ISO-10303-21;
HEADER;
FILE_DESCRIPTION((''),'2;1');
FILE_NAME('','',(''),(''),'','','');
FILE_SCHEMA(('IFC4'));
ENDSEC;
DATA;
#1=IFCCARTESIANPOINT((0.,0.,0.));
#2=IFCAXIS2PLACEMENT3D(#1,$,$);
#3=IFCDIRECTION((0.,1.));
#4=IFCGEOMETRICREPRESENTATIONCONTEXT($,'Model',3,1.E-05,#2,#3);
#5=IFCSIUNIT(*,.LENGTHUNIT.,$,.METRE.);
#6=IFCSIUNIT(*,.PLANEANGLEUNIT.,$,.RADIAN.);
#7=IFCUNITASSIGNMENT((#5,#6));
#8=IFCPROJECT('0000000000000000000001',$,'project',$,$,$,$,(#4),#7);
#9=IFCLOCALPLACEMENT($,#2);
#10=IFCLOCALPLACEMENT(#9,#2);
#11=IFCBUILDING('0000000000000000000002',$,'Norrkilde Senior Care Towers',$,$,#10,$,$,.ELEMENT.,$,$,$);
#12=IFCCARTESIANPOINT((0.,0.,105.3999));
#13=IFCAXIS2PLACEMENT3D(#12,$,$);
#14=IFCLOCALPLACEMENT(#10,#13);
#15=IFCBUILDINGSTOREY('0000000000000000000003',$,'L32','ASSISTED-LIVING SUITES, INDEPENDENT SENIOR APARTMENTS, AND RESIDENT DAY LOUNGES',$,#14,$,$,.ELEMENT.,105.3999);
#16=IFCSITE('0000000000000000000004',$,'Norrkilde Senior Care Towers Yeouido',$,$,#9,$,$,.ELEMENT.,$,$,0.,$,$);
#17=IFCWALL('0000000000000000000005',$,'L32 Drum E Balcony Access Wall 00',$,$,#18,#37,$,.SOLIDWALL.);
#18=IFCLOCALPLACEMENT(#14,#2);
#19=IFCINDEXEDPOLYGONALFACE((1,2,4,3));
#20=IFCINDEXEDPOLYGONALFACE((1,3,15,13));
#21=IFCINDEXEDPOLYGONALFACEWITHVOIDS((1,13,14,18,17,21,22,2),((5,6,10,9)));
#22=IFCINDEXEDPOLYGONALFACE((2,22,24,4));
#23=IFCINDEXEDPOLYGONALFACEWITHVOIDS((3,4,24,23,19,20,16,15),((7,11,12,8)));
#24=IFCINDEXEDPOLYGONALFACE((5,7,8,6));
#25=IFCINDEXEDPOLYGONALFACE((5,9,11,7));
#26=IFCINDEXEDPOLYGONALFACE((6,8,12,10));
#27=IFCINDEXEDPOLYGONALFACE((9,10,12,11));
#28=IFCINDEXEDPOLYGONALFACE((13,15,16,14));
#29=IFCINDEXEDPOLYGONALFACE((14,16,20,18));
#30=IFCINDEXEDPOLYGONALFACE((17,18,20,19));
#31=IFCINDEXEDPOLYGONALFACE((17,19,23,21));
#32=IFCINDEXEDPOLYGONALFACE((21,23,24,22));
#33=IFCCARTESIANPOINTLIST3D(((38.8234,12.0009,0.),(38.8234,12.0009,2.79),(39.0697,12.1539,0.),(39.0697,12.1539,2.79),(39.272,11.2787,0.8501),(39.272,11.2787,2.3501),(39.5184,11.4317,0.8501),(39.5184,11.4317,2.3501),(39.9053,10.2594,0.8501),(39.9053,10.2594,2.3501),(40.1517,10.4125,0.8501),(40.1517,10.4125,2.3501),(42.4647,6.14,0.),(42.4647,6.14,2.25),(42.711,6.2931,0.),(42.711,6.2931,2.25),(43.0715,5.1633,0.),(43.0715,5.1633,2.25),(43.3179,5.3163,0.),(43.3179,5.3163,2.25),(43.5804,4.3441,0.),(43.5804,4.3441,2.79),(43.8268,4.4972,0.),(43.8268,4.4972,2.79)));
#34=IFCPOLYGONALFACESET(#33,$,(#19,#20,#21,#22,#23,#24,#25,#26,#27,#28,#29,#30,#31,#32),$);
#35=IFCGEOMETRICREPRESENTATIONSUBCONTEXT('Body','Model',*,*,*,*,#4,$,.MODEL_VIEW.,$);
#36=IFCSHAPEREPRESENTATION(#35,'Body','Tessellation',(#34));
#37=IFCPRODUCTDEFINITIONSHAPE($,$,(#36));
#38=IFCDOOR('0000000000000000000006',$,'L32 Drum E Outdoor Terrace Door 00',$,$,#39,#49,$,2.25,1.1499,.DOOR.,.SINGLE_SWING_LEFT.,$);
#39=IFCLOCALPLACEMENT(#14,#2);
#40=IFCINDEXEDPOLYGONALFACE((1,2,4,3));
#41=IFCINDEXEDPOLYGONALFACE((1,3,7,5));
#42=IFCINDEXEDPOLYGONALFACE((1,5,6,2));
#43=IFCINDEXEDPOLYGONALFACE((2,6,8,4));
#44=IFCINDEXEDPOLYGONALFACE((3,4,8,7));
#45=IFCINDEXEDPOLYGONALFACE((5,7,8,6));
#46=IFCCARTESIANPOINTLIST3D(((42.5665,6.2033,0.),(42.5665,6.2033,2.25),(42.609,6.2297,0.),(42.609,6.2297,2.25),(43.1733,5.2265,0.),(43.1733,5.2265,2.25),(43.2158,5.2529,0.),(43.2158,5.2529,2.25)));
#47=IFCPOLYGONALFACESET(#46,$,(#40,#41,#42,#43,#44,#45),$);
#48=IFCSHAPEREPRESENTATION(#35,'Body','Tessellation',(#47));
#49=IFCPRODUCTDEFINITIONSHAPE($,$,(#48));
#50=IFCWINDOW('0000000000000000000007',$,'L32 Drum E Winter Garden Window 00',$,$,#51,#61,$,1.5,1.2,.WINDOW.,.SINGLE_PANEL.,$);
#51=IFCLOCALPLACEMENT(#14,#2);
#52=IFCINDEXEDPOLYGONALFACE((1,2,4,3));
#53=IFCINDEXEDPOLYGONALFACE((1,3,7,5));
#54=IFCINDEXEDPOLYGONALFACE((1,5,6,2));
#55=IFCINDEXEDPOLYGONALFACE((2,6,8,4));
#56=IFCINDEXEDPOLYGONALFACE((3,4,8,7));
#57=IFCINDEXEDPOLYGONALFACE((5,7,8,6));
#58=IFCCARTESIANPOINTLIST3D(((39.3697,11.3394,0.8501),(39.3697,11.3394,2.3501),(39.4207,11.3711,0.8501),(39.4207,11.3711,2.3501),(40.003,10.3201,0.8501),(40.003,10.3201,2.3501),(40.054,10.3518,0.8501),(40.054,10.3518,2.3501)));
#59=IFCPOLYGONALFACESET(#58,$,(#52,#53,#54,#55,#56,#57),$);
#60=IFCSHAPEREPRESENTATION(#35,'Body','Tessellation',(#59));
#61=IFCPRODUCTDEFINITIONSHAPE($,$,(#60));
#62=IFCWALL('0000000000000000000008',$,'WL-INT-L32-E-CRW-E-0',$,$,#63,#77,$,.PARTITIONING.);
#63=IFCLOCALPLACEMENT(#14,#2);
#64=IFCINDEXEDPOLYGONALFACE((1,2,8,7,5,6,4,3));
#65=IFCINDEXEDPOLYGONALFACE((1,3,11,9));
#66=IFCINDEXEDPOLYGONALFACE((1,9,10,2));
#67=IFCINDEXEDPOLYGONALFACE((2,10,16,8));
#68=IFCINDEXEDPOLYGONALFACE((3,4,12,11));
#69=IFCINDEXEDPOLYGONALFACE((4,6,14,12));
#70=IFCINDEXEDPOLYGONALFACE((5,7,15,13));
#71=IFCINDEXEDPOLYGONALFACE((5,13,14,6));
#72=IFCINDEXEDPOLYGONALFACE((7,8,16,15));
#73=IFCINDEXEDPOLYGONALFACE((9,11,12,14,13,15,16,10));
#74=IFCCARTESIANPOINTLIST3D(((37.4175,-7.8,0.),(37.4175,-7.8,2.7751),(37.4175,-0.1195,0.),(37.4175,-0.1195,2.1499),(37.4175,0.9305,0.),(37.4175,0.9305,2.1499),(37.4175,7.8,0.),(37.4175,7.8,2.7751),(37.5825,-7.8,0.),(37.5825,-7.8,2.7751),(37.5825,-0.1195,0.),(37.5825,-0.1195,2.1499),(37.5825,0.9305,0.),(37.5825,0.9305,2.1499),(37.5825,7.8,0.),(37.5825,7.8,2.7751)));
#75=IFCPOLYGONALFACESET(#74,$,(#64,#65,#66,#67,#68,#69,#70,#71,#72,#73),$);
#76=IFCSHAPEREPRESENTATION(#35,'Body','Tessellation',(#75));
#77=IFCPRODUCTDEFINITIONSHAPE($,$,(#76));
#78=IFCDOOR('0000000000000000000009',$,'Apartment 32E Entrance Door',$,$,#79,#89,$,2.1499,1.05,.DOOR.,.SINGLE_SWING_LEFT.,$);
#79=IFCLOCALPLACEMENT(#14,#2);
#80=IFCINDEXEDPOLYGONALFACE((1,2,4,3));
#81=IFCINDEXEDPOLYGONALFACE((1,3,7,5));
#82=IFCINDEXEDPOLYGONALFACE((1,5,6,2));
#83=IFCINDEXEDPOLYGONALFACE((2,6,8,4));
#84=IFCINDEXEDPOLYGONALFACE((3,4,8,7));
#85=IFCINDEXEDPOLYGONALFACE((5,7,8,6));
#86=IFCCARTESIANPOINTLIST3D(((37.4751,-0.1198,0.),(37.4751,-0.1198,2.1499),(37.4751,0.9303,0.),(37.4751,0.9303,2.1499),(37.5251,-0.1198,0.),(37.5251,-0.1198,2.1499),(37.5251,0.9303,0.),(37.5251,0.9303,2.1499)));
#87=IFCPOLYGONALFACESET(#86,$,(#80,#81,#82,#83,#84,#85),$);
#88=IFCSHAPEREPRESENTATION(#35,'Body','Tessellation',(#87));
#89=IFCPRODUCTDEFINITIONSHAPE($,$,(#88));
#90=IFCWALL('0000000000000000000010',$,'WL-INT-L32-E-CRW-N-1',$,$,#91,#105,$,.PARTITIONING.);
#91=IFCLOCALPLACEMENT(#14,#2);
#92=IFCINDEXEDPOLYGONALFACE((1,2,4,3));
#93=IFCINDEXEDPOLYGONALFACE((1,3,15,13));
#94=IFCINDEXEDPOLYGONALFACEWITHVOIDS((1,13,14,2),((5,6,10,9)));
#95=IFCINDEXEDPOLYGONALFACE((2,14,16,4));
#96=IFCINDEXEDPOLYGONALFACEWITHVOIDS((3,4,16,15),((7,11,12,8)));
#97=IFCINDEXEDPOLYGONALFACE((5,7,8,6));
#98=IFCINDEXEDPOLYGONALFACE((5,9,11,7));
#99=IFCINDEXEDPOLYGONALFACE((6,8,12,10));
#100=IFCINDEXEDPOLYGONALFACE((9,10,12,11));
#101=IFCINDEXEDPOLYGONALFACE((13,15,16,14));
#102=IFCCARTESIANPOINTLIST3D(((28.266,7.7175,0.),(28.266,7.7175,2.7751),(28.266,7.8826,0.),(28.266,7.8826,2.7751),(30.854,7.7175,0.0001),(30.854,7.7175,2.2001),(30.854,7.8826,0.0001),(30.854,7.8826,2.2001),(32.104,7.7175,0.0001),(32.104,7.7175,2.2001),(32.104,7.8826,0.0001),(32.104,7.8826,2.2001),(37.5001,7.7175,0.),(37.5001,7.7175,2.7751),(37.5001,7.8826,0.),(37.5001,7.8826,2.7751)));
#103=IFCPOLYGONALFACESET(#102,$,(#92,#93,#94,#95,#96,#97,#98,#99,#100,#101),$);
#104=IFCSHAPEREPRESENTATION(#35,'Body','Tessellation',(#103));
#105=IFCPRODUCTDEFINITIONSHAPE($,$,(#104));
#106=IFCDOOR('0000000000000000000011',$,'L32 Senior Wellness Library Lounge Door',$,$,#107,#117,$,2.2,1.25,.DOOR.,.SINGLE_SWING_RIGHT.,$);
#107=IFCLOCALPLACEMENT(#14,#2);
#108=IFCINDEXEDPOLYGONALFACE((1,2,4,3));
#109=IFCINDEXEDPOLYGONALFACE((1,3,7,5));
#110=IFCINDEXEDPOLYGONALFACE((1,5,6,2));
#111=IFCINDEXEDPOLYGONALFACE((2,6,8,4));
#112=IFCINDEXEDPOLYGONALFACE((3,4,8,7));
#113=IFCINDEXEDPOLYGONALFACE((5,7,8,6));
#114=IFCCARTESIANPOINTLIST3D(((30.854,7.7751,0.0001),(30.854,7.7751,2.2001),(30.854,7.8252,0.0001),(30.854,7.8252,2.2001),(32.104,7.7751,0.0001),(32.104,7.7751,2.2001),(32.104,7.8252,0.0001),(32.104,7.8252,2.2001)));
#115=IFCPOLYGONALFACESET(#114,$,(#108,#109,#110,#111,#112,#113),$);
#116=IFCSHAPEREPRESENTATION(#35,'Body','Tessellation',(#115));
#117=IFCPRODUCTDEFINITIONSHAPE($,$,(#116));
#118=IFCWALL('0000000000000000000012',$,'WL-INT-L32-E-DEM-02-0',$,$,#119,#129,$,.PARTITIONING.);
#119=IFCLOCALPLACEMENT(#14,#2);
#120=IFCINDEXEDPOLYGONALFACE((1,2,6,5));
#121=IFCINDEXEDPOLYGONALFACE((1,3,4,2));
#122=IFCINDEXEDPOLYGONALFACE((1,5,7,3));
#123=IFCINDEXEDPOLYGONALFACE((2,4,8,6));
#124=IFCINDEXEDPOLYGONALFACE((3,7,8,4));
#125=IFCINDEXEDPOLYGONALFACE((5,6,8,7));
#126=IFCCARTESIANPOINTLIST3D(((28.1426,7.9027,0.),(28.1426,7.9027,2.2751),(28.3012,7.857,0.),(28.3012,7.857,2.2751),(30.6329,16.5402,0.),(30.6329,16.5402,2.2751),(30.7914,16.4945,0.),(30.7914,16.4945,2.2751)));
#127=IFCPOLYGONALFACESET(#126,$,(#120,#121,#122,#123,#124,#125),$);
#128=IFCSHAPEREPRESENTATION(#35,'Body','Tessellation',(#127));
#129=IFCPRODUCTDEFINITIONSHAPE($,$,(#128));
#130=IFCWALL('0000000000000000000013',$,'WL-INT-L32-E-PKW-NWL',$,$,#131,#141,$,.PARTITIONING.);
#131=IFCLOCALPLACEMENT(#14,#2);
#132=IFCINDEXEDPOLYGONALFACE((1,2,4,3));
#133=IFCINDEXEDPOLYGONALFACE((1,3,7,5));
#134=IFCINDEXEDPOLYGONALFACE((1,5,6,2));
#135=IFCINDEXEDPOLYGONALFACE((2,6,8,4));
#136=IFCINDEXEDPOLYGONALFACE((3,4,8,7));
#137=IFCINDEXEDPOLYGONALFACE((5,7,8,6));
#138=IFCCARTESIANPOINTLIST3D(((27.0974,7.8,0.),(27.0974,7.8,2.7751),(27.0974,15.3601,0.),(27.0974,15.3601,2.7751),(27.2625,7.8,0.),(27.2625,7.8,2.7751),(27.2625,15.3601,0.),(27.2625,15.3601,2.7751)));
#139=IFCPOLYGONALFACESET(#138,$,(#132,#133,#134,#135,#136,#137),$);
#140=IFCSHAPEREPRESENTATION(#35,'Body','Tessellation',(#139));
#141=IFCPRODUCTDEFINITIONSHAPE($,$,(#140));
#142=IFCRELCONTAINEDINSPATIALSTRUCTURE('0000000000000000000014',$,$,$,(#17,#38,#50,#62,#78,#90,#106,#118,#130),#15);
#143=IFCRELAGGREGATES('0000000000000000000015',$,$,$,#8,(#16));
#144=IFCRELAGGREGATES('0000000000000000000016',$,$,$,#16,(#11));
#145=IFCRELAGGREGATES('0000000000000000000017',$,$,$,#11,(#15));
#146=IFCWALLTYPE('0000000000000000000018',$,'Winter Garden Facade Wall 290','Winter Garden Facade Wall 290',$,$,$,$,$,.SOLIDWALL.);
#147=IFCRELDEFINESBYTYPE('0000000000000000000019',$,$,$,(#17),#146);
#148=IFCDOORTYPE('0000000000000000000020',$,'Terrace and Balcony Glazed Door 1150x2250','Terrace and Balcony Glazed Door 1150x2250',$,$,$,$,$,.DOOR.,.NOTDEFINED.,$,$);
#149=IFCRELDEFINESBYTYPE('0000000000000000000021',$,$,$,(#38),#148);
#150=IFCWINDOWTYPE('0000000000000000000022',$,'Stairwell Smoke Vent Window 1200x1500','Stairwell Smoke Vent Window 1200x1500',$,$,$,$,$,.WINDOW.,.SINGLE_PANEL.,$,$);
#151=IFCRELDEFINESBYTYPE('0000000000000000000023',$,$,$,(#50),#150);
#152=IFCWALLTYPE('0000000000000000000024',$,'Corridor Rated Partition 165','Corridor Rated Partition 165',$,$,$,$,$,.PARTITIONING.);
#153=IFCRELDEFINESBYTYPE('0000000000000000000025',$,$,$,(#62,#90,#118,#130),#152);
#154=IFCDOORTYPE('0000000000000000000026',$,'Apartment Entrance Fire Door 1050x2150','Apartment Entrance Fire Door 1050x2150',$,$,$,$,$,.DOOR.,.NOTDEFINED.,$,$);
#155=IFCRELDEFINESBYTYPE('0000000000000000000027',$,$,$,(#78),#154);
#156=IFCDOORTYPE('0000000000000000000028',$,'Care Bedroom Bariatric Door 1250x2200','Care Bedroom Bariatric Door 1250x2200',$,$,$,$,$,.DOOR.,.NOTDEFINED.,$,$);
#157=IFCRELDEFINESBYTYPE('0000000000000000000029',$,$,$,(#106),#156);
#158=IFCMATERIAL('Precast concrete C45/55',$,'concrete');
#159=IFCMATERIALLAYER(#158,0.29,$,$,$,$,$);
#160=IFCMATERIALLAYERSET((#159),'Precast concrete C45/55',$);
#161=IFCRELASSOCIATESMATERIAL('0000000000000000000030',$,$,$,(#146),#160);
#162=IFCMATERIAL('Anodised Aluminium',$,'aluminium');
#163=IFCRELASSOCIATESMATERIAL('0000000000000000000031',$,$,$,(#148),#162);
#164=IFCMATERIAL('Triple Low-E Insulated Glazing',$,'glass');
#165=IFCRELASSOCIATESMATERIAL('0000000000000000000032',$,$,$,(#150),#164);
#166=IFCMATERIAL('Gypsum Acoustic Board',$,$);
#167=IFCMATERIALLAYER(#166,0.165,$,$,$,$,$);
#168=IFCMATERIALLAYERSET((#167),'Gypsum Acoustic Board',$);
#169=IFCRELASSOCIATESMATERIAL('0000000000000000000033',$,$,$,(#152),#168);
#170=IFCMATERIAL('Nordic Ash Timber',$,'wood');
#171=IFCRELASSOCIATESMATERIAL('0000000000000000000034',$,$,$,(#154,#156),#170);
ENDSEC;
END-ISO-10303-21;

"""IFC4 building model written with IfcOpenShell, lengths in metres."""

from ifc_helpers import new_model, si_unit, direction, frame, frame_2d, origin, place, context, subcontext, project, spatial, rectangle, extrude, source, transform, mapped, material, layer, layer_set, type_object, type_shapes, element, fill, save


model = new_model("IFC4")

# Units and contexts
model_context = context("Model", 3, precision=1e-05, world=origin(), true_north=direction((0.0, 1.0)))
body_context = subcontext(model_context, "Body", "Model", "MODEL_VIEW")
ifc_project = project(units=[si_unit("LENGTHUNIT", "METRE"), si_unit("PLANEANGLEUNIT", "RADIAN")], contexts=[model_context])

# Site, building, storey
site_placement = place(None, origin())
site = spatial("IfcSite", under=ifc_project, at=site_placement, Name="Norrkilde Senior Care Towers Yeouido", CompositionType="ELEMENT", RefElevation=0.0)
building_placement = place(site_placement, origin())
building = spatial("IfcBuilding", under=site, at=building_placement, Name="Norrkilde Senior Care Towers", CompositionType="ELEMENT")
storey_placement = place(building_placement, frame((0.0, 0.0, 105.3999)))
storey = spatial("IfcBuildingStorey", under=building, at=storey_placement, Name="L32", Description="ASSISTED-LIVING SUITES, INDEPENDENT SENIOR APARTMENTS, AND RESIDENT DAY LOUNGES", CompositionType="ELEMENT", Elevation=105.3999)

# Shared definitions
ifc_material_1 = material(Name="Triple Low-E Insulated Glazing", Category="glass")
ifc_material_2 = material(Name="Anodised Aluminium", Category="aluminium")

# Wall, openings, door, window
ifc_material_3 = material(Name="Precast concrete C45/55", Category="concrete")
ifc_layer_1 = layer(ifc_material_3, 0.29)
ifc_layer_set_1 = layer_set([ifc_layer_1], Name="Precast concrete C45/55")
wall_type_1 = type_object("IfcWallType", Name="Winter Garden Facade Wall 290", Description="Winter Garden Facade Wall 290", PredefinedType="SOLIDWALL", material=ifc_layer_set_1)
shared_shape_1 = source(origin(), body_context, "Body", "SweptSolid", [
    extrude(rectangle(XDim=9.0142, YDim=0.29, at=frame_2d((4.5071, 0.0))), origin(), (0.0, 0.0, 1.0), 2.79),
])
type_shapes(wall_type_1, [shared_shape_1])
wall_1_placement = place(storey_placement, frame((38.9465, 12.0774, 0.0), z_axis=(0.0, 0.0, 1.0), x_axis=(0.527733, -0.84941, 0.0)))
wall_1 = element("IfcWall", 1, at=wall_1_placement, inside=storey, type_object=wall_type_1, Name="L32 Drum E Balcony Access Wall 00", PredefinedType="SOLIDWALL", context=body_context, shape_type="MappedRepresentation", body=[
    mapped(shared_shape_1, transform((0.0, 0.0, 0.0), x_axis=(1.0, 0.0, 0.0), y_axis=(0.0, 1.0, 0.0), z_axis=(0.0, 0.0, 1.0), scale=1.0)),
])
opening_1_placement = place(wall_1_placement, frame((6.8999, 0.0, 0.0)))
opening_1 = element("IfcOpeningElement", 2, at=opening_1_placement, cuts=wall_1, PredefinedType="OPENING", context=body_context, shape_type="SweptSolid", body=[
    extrude(rectangle(XDim=1.1499, YDim=2.25, at=frame_2d((0.575, 1.125))), frame((0.0, 0.155, 0.0), z_axis=(0.0, -1.0, 0.0), x_axis=(1.0, 0.0, 0.0)), (0.0, 0.0, 1.0), 0.3101),
])
opening_2_placement = place(wall_1_placement, frame((0.8501, 0.0, 0.8501)))
opening_2 = element("IfcOpeningElement", 3, at=opening_2_placement, cuts=wall_1, PredefinedType="OPENING", context=body_context, shape_type="SweptSolid", body=[
    extrude(rectangle(XDim=1.2, YDim=1.5, at=frame_2d((0.6001, 0.75))), frame((0.0, 0.155, 0.0), z_axis=(0.0, -1.0, 0.0), x_axis=(1.0, 0.0, 0.0)), (0.0, 0.0, 1.0), 0.3101),
])
door_type_1 = type_object("IfcDoorType", Name="Terrace and Balcony Glazed Door 1150x2250", Description="Terrace and Balcony Glazed Door 1150x2250", OperationType="NOTDEFINED", PredefinedType="DOOR", material=ifc_material_2)
shared_shape_2 = source(origin(), body_context, "Body", "SweptSolid", [
    extrude(rectangle(XDim=1.1499, YDim=2.25, at=frame_2d((0.575, 1.125))), frame((0.0, 0.0249, 0.0), z_axis=(0.0, -1.0, 0.0), x_axis=(1.0, 0.0, 0.0)), (0.0, 0.0, 1.0), 0.05),
])
type_shapes(door_type_1, [shared_shape_2])
door_1_placement = place(opening_1_placement, origin())
door_1 = element("IfcDoor", 4, at=door_1_placement, inside=storey, type_object=door_type_1, Name="L32 Drum E Outdoor Terrace Door 00", OperationType="SINGLE_SWING_LEFT", OverallHeight=2.25, OverallWidth=1.1499, PredefinedType="DOOR", context=body_context, shape_type="MappedRepresentation", body=[
    mapped(shared_shape_2, transform((0.0, 0.0, 0.0), x_axis=(1.0, 0.0, 0.0), y_axis=(0.0, 1.0, 0.0), z_axis=(0.0, 0.0, 1.0), scale=1.0)),
])
fill(opening_1, door_1)
window_type = type_object("IfcWindowType", Name="Stairwell Smoke Vent Window 1200x1500", Description="Stairwell Smoke Vent Window 1200x1500", PartitioningType="SINGLE_PANEL", PredefinedType="WINDOW", material=ifc_material_1)
shared_shape_3 = source(origin(), body_context, "Body", "SweptSolid", [
    extrude(rectangle(XDim=1.2, YDim=1.5, at=frame_2d((0.6001, 0.75))), frame((0.0, 0.03, 0.0), z_axis=(0.0, -1.0, 0.0), x_axis=(1.0, 0.0, 0.0)), (0.0, 0.0, 1.0), 0.0601),
])
type_shapes(window_type, [shared_shape_3])
window_placement = place(opening_2_placement, origin())
window = element("IfcWindow", 5, at=window_placement, inside=storey, type_object=window_type, Name="L32 Drum E Winter Garden Window 00", OverallHeight=1.5, OverallWidth=1.2, PartitioningType="SINGLE_PANEL", PredefinedType="WINDOW", context=body_context, shape_type="MappedRepresentation", body=[
    mapped(shared_shape_3, transform((0.0, 0.0, 0.0), x_axis=(1.0, 0.0, 0.0), y_axis=(0.0, 1.0, 0.0), z_axis=(0.0, 0.0, 1.0), scale=1.0)),
])
fill(opening_2, window)

# Walls, openings, doors
ifc_material_4 = material(Name="Gypsum Acoustic Board")
ifc_layer_2 = layer(ifc_material_4, 0.165)
ifc_layer_set_2 = layer_set([ifc_layer_2], Name="Gypsum Acoustic Board")
wall_type_2 = type_object("IfcWallType", Name="Corridor Rated Partition 165", Description="Corridor Rated Partition 165", PredefinedType="PARTITIONING", material=ifc_layer_set_2)
shared_shape_4 = source(origin(), body_context, "Body", "SweptSolid", [
    extrude(rectangle(XDim=15.6001, YDim=0.165, at=frame_2d((7.8, 0.0))), origin(), (0.0, 0.0, 1.0), 2.7751),
])
wall_2_placement = place(storey_placement, frame((37.5, 7.8, 0.0), z_axis=(0.0, 0.0, 1.0), x_axis=(0.0, -1.0, 0.0)))
wall_2 = element("IfcWall", 6, at=wall_2_placement, inside=storey, type_object=wall_type_2, Name="WL-INT-L32-E-CRW-E-0", PredefinedType="PARTITIONING", context=body_context, shape_type="MappedRepresentation", body=[
    mapped(shared_shape_4, transform((0.0, 0.0, 0.0), x_axis=(1.0, 0.0, 0.0), y_axis=(0.0, 1.0, 0.0), z_axis=(0.0, 0.0, 1.0), scale=1.0)),
])
opening_3_placement = place(wall_2_placement, frame((6.8696, 0.0, 0.0)))
opening_3 = element("IfcOpeningElement", 7, at=opening_3_placement, cuts=wall_2, PredefinedType="OPENING", context=body_context, shape_type="SweptSolid", body=[
    extrude(rectangle(XDim=1.05, YDim=2.1499, at=frame_2d((0.5249, 1.075))), frame((0.0, 0.0925, 0.0), z_axis=(0.0, -1.0, 0.0), x_axis=(1.0, 0.0, 0.0)), (0.0, 0.0, 1.0), 0.1851),
])
ifc_material_5 = material(Name="Nordic Ash Timber", Category="wood")
door_type_2 = type_object("IfcDoorType", Name="Apartment Entrance Fire Door 1050x2150", Description="Apartment Entrance Fire Door 1050x2150", OperationType="NOTDEFINED", PredefinedType="DOOR", material=ifc_material_5)
shared_shape_5 = source(origin(), body_context, "Body", "SweptSolid", [
    extrude(rectangle(XDim=1.05, YDim=2.1499, at=frame_2d((0.5249, 1.075))), frame((0.0, 0.0249, 0.0), z_axis=(0.0, -1.0, 0.0), x_axis=(1.0, 0.0, 0.0)), (0.0, 0.0, 1.0), 0.05),
])
type_shapes(door_type_2, [shared_shape_5])
door_2_placement = place(opening_3_placement, frame((1.05, 0.0, 0.0), z_axis=(0.0, 0.0, 1.0), x_axis=(-1.0, 0.0, 0.0)))
door_2 = element("IfcDoor", 8, at=door_2_placement, inside=storey, type_object=door_type_2, Name="Apartment 32E Entrance Door", OperationType="SINGLE_SWING_LEFT", OverallHeight=2.1499, OverallWidth=1.05, PredefinedType="DOOR", context=body_context, shape_type="MappedRepresentation", body=[
    mapped(shared_shape_5, transform((0.0, 0.0, 0.0), x_axis=(1.0, 0.0, 0.0), y_axis=(0.0, 1.0, 0.0), z_axis=(0.0, 0.0, 1.0), scale=1.0)),
])
fill(opening_3, door_2)
shared_shape_6 = source(origin(), body_context, "Body", "SweptSolid", [
    extrude(rectangle(XDim=9.2341, YDim=0.165, at=frame_2d((4.6172, 0.0))), origin(), (0.0, 0.0, 1.0), 2.7751),
])
wall_3_placement = place(storey_placement, frame((28.2659, 7.8, 0.0), z_axis=(0.0, 0.0, 1.0), x_axis=(1.0, 0.0, 0.0)))
wall_3 = element("IfcWall", 9, at=wall_3_placement, inside=storey, type_object=wall_type_2, Name="WL-INT-L32-E-CRW-N-1", PredefinedType="PARTITIONING", context=body_context, shape_type="MappedRepresentation", body=[
    mapped(shared_shape_6, transform((0.0, 0.0, 0.0), x_axis=(1.0, 0.0, 0.0), y_axis=(0.0, 1.0, 0.0), z_axis=(0.0, 0.0, 1.0), scale=1.0)),
])
opening_4_placement = place(wall_3_placement, frame((2.5881, 0.0, 0.0)))
opening_4 = element("IfcOpeningElement", 10, at=opening_4_placement, cuts=wall_3, PredefinedType="OPENING", context=body_context, shape_type="SweptSolid", body=[
    extrude(rectangle(XDim=1.25, YDim=2.2, at=frame_2d((0.625, 1.1001))), frame((0.0, 0.0925, 0.0), z_axis=(0.0, -1.0, 0.0), x_axis=(1.0, 0.0, 0.0)), (0.0, 0.0, 1.0), 0.1851),
])
door_type_3 = type_object("IfcDoorType", Name="Care Bedroom Bariatric Door 1250x2200", Description="Care Bedroom Bariatric Door 1250x2200", OperationType="NOTDEFINED", PredefinedType="DOOR", material=ifc_material_5)
shared_shape_7 = source(origin(), body_context, "Body", "SweptSolid", [
    extrude(rectangle(XDim=1.25, YDim=2.2, at=frame_2d((0.625, 1.1001))), frame((0.0, 0.0249, 0.0), z_axis=(0.0, -1.0, 0.0), x_axis=(1.0, 0.0, 0.0)), (0.0, 0.0, 1.0), 0.05),
])
type_shapes(door_type_3, [shared_shape_7])
door_3_placement = place(opening_4_placement, frame((1.25, 0.0, 0.0), z_axis=(0.0, 0.0, 1.0), x_axis=(-1.0, 0.0, 0.0)))
door_3 = element("IfcDoor", 11, at=door_3_placement, inside=storey, type_object=door_type_3, Name="L32 Senior Wellness Library Lounge Door", OperationType="SINGLE_SWING_RIGHT", OverallHeight=2.2, OverallWidth=1.25, PredefinedType="DOOR", context=body_context, shape_type="MappedRepresentation", body=[
    mapped(shared_shape_7, transform((0.0, 0.0, 0.0), x_axis=(1.0, 0.0, 0.0), y_axis=(0.0, 1.0, 0.0), z_axis=(0.0, 0.0, 1.0), scale=1.0)),
])
fill(opening_4, door_3)

# Walls
shared_shape_8 = source(origin(), body_context, "Body", "SweptSolid", [
    extrude(rectangle(XDim=8.9893, YDim=0.165, at=frame_2d((4.4946, 0.0))), origin(), (0.0, 0.0, 1.0), 2.2751),
])
wall_4_placement = place(storey_placement, frame((28.2219, 7.8799, 0.0), z_axis=(0.0, 0.0, 1.0), x_axis=(0.277023, 0.960863, 0.0)))
element("IfcWall", 12, at=wall_4_placement, inside=storey, type_object=wall_type_2, Name="WL-INT-L32-E-DEM-02-0", PredefinedType="PARTITIONING", context=body_context, shape_type="MappedRepresentation", body=[
    mapped(shared_shape_8, transform((0.0, 0.0, 0.0), x_axis=(1.0, 0.0, 0.0), y_axis=(0.0, 1.0, 0.0), z_axis=(0.0, 0.0, 1.0), scale=1.0)),
])
shared_shape_9 = source(origin(), body_context, "Body", "SweptSolid", [
    extrude(rectangle(XDim=7.5601, YDim=0.165, at=frame_2d((3.78, 0.0))), origin(), (0.0, 0.0, 1.0), 2.7751),
])
type_shapes(wall_type_2, [shared_shape_4, shared_shape_6, shared_shape_8, shared_shape_9])
wall_5_placement = place(storey_placement, frame((27.1799, 7.8, 0.0), z_axis=(0.0, 0.0, 1.0), x_axis=(0.0, 1.0, 0.0)))
element("IfcWall", 13, at=wall_5_placement, inside=storey, type_object=wall_type_2, Name="WL-INT-L32-E-PKW-NWL", PredefinedType="PARTITIONING", context=body_context, shape_type="MappedRepresentation", body=[
    mapped(shared_shape_9, transform((0.0, 0.0, 0.0), x_axis=(1.0, 0.0, 0.0), y_axis=(0.0, 1.0, 0.0), z_axis=(0.0, 0.0, 1.0), scale=1.0)),
])

save(model, "model.ifc")
